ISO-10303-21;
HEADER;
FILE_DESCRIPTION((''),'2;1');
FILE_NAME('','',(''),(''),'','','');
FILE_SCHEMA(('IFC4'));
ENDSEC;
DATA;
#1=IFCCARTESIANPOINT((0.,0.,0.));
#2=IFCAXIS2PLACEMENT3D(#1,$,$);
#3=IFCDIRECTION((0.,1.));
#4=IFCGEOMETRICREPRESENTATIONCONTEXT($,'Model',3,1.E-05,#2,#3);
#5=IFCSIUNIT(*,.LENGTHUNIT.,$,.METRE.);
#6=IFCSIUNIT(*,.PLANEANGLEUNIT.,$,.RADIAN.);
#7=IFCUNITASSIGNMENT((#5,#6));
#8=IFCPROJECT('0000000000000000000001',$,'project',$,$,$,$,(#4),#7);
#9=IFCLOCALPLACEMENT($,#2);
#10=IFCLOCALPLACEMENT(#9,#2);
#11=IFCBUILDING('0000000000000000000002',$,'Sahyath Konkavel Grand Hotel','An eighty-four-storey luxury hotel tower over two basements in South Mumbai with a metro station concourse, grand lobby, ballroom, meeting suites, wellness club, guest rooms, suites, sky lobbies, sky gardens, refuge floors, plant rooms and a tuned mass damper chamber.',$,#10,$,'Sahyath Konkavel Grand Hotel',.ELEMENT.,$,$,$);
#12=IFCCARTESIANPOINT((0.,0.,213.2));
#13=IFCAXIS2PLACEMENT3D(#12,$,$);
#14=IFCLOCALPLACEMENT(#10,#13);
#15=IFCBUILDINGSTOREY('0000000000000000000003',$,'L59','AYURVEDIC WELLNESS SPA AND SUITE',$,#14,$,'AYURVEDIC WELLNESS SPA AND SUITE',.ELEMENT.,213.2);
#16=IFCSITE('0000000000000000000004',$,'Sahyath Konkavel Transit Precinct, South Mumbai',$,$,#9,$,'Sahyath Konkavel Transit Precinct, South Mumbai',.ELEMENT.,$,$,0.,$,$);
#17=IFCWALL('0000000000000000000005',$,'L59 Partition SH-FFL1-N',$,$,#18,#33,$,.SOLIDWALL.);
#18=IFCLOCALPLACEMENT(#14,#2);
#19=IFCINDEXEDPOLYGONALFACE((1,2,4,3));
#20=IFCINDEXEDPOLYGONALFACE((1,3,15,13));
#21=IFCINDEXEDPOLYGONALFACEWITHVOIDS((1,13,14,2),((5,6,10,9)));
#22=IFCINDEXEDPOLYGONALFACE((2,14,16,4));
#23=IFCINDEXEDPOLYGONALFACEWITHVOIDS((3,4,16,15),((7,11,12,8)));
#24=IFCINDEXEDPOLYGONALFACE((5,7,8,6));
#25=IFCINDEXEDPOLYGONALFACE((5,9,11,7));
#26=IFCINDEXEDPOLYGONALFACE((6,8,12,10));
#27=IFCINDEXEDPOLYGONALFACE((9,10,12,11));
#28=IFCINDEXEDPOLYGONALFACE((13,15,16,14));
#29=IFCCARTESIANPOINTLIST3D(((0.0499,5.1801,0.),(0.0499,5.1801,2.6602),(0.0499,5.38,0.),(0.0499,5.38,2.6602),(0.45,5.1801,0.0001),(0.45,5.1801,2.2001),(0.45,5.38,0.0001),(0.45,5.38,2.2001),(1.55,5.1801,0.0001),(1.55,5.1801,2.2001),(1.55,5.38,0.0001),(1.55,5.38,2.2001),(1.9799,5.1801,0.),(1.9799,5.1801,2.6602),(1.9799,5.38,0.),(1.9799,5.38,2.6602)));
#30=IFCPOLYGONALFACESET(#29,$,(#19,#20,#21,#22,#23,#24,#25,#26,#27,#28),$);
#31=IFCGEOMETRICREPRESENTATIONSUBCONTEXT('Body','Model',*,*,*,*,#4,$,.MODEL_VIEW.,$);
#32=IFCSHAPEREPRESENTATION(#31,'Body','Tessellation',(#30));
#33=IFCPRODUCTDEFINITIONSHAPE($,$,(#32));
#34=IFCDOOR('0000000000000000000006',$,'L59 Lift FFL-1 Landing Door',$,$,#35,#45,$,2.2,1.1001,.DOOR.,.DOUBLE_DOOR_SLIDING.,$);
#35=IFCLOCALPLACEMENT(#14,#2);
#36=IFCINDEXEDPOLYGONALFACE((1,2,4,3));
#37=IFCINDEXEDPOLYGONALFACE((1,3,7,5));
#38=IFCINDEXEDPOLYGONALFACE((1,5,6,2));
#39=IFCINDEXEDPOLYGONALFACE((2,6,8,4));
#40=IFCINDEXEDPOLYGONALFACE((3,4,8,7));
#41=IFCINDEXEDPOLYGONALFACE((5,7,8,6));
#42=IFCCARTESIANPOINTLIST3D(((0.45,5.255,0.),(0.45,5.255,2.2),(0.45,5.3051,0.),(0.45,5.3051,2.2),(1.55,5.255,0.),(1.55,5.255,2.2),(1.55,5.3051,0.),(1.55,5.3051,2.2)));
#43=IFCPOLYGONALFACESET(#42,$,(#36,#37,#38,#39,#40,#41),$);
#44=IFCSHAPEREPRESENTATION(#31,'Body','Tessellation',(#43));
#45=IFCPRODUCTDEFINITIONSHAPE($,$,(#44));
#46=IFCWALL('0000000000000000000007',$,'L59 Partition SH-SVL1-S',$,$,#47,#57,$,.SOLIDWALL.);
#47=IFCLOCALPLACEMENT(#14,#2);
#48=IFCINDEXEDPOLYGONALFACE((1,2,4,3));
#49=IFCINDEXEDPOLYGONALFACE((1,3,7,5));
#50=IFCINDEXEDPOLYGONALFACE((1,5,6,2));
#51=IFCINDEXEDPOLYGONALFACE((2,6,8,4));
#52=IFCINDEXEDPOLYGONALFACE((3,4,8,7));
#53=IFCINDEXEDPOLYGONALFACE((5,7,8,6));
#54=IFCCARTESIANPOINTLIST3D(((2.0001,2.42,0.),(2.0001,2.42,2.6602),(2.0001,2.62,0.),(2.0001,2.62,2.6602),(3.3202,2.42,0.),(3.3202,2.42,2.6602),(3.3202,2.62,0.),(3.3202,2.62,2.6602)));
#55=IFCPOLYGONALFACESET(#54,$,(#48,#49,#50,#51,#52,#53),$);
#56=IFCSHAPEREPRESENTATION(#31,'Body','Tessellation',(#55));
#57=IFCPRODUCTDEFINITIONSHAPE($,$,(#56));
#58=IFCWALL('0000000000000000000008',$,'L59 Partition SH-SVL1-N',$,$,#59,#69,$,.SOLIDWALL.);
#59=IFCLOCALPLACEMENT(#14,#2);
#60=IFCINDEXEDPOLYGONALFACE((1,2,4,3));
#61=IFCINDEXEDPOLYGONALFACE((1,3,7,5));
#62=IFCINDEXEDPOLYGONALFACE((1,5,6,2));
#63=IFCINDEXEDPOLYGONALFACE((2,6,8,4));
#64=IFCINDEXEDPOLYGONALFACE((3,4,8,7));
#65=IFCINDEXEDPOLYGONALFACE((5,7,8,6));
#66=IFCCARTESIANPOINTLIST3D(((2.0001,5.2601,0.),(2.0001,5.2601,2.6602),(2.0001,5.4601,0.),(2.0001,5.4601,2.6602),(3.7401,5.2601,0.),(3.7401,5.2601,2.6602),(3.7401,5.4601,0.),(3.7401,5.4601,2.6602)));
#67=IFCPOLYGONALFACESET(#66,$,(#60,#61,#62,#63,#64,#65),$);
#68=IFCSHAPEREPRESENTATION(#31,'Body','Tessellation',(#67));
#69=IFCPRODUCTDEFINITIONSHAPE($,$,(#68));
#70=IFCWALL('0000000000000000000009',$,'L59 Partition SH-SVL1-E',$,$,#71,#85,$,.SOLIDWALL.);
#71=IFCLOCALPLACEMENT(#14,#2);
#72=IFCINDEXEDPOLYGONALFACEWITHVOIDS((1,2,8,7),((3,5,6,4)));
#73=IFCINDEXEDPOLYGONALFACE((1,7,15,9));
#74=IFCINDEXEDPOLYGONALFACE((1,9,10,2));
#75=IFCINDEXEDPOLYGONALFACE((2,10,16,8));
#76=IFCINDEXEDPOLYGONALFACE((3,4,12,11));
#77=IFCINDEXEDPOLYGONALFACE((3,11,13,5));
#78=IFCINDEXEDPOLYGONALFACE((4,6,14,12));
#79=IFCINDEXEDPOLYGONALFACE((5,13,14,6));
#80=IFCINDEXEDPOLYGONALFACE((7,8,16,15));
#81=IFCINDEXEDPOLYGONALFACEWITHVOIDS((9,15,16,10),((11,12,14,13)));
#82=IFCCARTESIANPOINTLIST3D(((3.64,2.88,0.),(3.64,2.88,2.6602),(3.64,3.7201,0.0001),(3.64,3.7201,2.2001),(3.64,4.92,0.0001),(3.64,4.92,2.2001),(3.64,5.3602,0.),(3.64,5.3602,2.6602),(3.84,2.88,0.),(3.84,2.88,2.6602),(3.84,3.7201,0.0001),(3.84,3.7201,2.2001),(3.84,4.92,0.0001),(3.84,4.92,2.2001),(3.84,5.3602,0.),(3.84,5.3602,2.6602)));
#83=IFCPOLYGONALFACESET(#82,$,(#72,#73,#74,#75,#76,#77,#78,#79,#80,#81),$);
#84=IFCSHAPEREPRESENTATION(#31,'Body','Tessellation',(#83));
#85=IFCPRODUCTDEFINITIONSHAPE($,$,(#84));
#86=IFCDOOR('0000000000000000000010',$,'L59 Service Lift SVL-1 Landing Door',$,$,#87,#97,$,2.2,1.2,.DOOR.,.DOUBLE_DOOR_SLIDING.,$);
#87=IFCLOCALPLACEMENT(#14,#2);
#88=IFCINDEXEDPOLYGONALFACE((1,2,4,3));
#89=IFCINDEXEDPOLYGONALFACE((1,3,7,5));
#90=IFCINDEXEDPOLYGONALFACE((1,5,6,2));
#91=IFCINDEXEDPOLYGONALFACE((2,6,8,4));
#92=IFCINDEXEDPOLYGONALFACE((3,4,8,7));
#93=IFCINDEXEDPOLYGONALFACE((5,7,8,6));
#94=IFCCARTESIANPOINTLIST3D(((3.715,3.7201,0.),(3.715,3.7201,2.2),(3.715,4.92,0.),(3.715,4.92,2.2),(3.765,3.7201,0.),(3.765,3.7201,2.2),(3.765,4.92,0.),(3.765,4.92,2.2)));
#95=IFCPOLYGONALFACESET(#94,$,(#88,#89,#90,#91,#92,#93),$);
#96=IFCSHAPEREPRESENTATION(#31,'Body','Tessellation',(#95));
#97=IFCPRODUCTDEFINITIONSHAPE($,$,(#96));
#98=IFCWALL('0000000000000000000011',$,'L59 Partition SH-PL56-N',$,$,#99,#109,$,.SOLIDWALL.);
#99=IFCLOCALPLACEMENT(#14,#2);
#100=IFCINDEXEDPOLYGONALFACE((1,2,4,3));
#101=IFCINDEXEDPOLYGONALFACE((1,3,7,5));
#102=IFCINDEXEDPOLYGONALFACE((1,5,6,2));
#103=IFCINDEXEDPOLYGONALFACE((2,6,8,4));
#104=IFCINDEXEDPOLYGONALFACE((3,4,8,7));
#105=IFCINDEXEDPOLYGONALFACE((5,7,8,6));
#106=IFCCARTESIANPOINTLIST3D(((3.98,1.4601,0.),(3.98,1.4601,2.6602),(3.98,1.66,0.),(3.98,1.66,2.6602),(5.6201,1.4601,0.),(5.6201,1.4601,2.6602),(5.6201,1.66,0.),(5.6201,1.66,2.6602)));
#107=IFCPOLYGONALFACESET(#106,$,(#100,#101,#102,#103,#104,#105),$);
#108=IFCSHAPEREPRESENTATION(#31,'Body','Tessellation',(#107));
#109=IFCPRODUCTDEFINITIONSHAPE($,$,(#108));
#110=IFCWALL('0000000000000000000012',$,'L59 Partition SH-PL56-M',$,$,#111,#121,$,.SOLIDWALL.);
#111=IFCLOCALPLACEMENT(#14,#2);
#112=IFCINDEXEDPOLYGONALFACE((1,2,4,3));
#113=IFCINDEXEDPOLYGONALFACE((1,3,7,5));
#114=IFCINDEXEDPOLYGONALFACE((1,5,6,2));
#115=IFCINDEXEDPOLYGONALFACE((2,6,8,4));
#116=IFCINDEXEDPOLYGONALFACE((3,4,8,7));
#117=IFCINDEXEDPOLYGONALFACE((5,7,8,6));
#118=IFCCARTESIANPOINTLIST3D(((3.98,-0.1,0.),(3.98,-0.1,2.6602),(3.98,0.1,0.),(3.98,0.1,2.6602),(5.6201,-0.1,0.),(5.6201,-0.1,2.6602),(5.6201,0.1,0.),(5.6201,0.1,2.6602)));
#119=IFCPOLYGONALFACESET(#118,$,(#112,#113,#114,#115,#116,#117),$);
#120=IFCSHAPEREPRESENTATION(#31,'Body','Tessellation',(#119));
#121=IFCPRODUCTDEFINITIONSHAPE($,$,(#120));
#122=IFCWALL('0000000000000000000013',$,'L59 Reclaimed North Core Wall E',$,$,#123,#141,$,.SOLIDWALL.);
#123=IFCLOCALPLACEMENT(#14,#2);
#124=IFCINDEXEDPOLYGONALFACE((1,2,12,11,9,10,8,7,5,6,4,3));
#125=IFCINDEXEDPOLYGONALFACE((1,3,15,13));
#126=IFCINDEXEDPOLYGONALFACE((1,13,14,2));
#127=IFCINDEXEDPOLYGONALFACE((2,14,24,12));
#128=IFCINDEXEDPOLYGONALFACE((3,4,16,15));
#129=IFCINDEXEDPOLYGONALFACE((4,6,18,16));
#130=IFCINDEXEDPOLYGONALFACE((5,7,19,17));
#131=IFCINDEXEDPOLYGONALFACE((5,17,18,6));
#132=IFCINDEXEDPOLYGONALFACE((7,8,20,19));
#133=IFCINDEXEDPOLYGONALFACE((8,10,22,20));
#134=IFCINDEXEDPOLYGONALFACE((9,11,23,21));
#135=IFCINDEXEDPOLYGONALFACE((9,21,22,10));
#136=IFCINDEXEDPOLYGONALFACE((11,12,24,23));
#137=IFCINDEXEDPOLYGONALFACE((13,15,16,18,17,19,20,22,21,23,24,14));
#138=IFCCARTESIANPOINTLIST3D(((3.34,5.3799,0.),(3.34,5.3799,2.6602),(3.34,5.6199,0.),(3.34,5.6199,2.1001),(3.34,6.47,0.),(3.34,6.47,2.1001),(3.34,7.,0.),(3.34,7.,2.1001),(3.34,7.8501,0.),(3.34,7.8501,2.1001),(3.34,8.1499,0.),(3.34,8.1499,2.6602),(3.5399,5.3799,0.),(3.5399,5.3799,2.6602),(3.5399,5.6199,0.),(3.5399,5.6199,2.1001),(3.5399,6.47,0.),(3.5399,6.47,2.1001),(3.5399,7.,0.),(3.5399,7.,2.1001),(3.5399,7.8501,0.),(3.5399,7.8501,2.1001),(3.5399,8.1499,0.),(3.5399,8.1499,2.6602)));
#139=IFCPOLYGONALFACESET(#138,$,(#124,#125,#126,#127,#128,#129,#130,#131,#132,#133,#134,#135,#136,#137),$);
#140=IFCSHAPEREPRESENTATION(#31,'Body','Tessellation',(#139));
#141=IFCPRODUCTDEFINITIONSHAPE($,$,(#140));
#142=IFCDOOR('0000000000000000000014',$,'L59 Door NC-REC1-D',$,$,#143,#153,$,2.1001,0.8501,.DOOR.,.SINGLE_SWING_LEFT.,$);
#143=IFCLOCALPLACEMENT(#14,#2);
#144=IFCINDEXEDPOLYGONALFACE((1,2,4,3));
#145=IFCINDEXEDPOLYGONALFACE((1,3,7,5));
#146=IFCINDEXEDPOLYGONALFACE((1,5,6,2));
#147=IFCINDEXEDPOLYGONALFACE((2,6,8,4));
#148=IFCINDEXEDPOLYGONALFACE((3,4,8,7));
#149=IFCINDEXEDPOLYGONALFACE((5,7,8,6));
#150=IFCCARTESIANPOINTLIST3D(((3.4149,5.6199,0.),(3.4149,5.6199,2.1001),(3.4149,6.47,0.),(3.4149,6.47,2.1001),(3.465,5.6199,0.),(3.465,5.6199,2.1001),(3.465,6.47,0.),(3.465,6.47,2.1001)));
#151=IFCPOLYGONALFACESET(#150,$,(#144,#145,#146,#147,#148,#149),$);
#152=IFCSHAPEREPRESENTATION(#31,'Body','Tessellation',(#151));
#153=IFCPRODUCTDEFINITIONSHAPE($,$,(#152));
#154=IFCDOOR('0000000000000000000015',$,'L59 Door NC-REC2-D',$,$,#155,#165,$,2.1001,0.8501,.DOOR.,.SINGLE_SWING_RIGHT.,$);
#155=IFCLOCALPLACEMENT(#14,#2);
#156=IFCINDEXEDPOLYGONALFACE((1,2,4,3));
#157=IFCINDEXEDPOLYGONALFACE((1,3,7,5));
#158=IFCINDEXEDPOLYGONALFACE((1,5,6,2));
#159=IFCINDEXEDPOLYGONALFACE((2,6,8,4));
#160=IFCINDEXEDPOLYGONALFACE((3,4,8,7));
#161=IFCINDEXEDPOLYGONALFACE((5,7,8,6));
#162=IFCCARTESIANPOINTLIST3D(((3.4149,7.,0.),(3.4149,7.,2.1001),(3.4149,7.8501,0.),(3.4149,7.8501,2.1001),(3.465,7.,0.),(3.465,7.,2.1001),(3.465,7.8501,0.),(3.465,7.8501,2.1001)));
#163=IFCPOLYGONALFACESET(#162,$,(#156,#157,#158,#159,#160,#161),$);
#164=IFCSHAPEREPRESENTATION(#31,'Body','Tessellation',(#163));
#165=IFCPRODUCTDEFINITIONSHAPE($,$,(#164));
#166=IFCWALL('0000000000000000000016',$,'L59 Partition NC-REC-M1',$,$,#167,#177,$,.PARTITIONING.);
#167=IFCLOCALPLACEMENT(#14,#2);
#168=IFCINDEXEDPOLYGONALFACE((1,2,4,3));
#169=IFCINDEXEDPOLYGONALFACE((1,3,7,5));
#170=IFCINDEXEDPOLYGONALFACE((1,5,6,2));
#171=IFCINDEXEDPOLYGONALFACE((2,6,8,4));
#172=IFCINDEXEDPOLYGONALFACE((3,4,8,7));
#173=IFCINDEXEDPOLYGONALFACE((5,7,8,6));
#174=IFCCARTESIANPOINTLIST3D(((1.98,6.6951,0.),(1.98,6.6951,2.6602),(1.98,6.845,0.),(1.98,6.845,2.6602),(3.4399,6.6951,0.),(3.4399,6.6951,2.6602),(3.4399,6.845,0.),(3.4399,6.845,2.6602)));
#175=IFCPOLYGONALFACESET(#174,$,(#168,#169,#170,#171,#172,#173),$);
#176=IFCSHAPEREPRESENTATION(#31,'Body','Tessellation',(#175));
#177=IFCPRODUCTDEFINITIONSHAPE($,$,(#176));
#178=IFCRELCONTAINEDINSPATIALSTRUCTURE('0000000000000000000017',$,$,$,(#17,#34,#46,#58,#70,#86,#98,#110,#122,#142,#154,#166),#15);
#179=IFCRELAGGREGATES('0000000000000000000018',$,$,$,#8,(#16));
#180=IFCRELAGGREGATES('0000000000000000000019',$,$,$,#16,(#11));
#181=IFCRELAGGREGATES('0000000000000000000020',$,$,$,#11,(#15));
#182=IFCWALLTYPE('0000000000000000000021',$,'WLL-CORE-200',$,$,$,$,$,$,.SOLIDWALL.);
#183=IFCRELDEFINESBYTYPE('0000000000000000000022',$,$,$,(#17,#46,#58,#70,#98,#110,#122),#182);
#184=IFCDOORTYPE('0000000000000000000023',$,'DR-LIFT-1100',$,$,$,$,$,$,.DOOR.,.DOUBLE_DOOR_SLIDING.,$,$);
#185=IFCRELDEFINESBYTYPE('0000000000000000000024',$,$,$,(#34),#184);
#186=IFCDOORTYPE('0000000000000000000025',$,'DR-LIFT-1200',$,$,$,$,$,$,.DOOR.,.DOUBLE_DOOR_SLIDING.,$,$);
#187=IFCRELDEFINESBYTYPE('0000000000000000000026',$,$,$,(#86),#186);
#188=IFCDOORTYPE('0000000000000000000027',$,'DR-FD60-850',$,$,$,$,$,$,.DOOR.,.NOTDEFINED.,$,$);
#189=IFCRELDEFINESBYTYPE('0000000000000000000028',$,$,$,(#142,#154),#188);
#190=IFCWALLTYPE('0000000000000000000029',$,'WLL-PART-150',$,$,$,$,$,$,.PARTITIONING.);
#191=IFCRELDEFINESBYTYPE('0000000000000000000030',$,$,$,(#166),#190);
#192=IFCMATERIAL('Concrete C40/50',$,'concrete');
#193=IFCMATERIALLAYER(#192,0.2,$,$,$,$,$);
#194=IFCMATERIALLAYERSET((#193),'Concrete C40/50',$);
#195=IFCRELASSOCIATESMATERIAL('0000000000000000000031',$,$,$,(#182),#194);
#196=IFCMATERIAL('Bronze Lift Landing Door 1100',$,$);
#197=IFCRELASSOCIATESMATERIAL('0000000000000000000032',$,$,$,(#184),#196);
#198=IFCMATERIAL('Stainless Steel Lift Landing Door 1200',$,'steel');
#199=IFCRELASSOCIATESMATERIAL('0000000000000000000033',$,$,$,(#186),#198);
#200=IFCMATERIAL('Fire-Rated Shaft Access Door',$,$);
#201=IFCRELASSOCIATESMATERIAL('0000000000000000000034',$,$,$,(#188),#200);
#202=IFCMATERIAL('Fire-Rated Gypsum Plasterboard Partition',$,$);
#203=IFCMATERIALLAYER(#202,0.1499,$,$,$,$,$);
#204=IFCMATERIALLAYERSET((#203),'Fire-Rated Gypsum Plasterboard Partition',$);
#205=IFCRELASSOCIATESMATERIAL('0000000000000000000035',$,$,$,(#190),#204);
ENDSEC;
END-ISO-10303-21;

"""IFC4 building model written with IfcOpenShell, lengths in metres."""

from ifc_helpers import new_model, si_unit, direction, frame, frame_2d, origin, origin_2d, place, context, subcontext, project, spatial, rectangle, extrude, source, transform, mapped, material, layer, layer_set, type_object, element, fill, save


model = new_model("IFC4")

# Units and contexts
model_context = context("Model", 3, precision=1e-05, world=origin(), true_north=direction((0.0, 1.0)))
body_context = subcontext(model_context, "Body", "Model", "MODEL_VIEW")
ifc_project = project(units=[si_unit("LENGTHUNIT", "METRE"), si_unit("PLANEANGLEUNIT", "RADIAN")], contexts=[model_context])

# Site, building, storey
site_placement = place(None, origin())
site = spatial("IfcSite", under=ifc_project, at=site_placement, Name="Sahyath Konkavel Transit Precinct, South Mumbai", LongName="Sahyath Konkavel Transit Precinct, South Mumbai", CompositionType="ELEMENT", RefElevation=0.0)
building_placement = place(site_placement, origin())
building = spatial("IfcBuilding", under=site, at=building_placement, Name="Sahyath Konkavel Grand Hotel", Description="An eighty-four-storey luxury hotel tower over two basements in South Mumbai with a metro station concourse, grand lobby, ballroom, meeting suites, wellness club, guest rooms, suites, sky lobbies, sky gardens, refuge floors, plant rooms and a tuned mass damper chamber.", LongName="Sahyath Konkavel Grand Hotel", CompositionType="ELEMENT")
storey_placement = place(building_placement, frame((0.0, 0.0, 213.2)))
storey = spatial("IfcBuildingStorey", under=building, at=storey_placement, Name="L59", Description="AYURVEDIC WELLNESS SPA AND SUITE", LongName="AYURVEDIC WELLNESS SPA AND SUITE", CompositionType="ELEMENT", Elevation=213.2)

# Shared definitions
ifc_material_1 = material(Name="Concrete C40/50", Category="concrete")

# Shared definitions
ifc_layer_1 = layer(ifc_material_1, 0.2)
ifc_layer_set_1 = layer_set([ifc_layer_1], Name="Concrete C40/50")
wall_type_1 = type_object("IfcWallType", Name="WLL-CORE-200", PredefinedType="SOLIDWALL", material=ifc_layer_set_1)
shared_shape_1 = source(origin(), body_context, "Body", "SweptSolid", [
    extrude(rectangle(XDim=0.8501, YDim=0.05, at=origin_2d()), origin(), (0.0, 0.0, 1.0), 2.1001),
])

# Wall, opening, door
wall_1_placement = place(storey_placement, frame((0.05, 5.28, 0.0), z_axis=(0.0, 0.0, 1.0), x_axis=(1.0, 0.0, 0.0)))
wall_1 = element("IfcWall", 1, at=wall_1_placement, inside=storey, type_object=wall_type_1, Name="L59 Partition SH-FFL1-N", PredefinedType="SOLIDWALL", context=body_context, shape_type="SweptSolid", body=[
    extrude(rectangle(XDim=1.9299, YDim=0.2, at=frame_2d((0.9648, 0.0))), origin(), (0.0, 0.0, 1.0), 2.6602),
])
opening_1_placement = place(wall_1_placement, frame((0.3999, 0.0, 0.0)))
opening_1 = element("IfcOpeningElement", 2, at=opening_1_placement, cuts=wall_1, PredefinedType="OPENING", context=body_context, shape_type="SweptSolid", body=[
    extrude(rectangle(XDim=1.1001, YDim=2.2, at=frame_2d((0.55, 1.1001))), frame((0.0, 0.1099, 0.0), z_axis=(0.0, -1.0, 0.0), x_axis=(1.0, 0.0, 0.0)), (0.0, 0.0, 1.0), 0.22),
])
ifc_material_2 = material(Name="Bronze Lift Landing Door 1100")
door_type_1 = type_object("IfcDoorType", Name="DR-LIFT-1100", OperationType="DOUBLE_DOOR_SLIDING", PredefinedType="DOOR", material=ifc_material_2)
shared_shape_2 = source(origin(), body_context, "Body", "SweptSolid", [
    extrude(rectangle(XDim=1.1001, YDim=0.05, at=origin_2d()), origin(), (0.0, 0.0, 1.0), 2.2),
])
door_1_placement = place(opening_1_placement, frame((0.55, 0.0, 0.0)))
door_1 = element("IfcDoor", 3, at=door_1_placement, inside=storey, type_object=door_type_1, Name="L59 Lift FFL-1 Landing Door", OperationType="DOUBLE_DOOR_SLIDING", OverallHeight=2.2, OverallWidth=1.1001, PredefinedType="DOOR", context=body_context, shape_type="MappedRepresentation", body=[
    mapped(shared_shape_2, transform((0.0, 0.0, 0.0), scale=1.0)),
])
fill(opening_1, door_1)

# Walls
wall_2_placement = place(storey_placement, frame((2.0, 2.52, 0.0), z_axis=(0.0, 0.0, 1.0), x_axis=(1.0, 0.0, 0.0)))
element("IfcWall", 4, at=wall_2_placement, inside=storey, type_object=wall_type_1, Name="L59 Partition SH-SVL1-S", PredefinedType="SOLIDWALL", context=body_context, shape_type="SweptSolid", body=[
    extrude(rectangle(XDim=1.3201, YDim=0.2, at=frame_2d((0.6602, 0.0))), origin(), (0.0, 0.0, 1.0), 2.6602),
])
wall_3_placement = place(storey_placement, frame((2.0, 5.3601, 0.0), z_axis=(0.0, 0.0, 1.0), x_axis=(1.0, 0.0, 0.0)))
element("IfcWall", 5, at=wall_3_placement, inside=storey, type_object=wall_type_1, Name="L59 Partition SH-SVL1-N", PredefinedType="SOLIDWALL", context=body_context, shape_type="SweptSolid", body=[
    extrude(rectangle(XDim=1.74, YDim=0.2, at=frame_2d((0.8701, 0.0))), origin(), (0.0, 0.0, 1.0), 2.6602),
])

# Wall, opening, door
wall_4_placement = place(storey_placement, frame((3.74, 2.8799, 0.0), z_axis=(0.0, 0.0, 1.0), x_axis=(0.0, 1.0, 0.0)))
wall_4 = element("IfcWall", 6, at=wall_4_placement, inside=storey, type_object=wall_type_1, Name="L59 Partition SH-SVL1-E", PredefinedType="SOLIDWALL", context=body_context, shape_type="SweptSolid", body=[
    extrude(rectangle(XDim=2.4802, YDim=0.2, at=frame_2d((1.2402, 0.0))), origin(), (0.0, 0.0, 1.0), 2.6602),
])
opening_2_placement = place(wall_4_placement, frame((0.8401, 0.0, 0.0)))
opening_2 = element("IfcOpeningElement", 7, at=opening_2_placement, cuts=wall_4, PredefinedType="OPENING", context=body_context, shape_type="SweptSolid", body=[
    extrude(rectangle(XDim=1.2, YDim=2.2, at=frame_2d((0.6001, 1.1001))), frame((0.0, 0.1099, 0.0), z_axis=(0.0, -1.0, 0.0), x_axis=(1.0, 0.0, 0.0)), (0.0, 0.0, 1.0), 0.22),
])
ifc_material_3 = material(Name="Stainless Steel Lift Landing Door 1200", Category="steel")
door_type_2 = type_object("IfcDoorType", Name="DR-LIFT-1200", OperationType="DOUBLE_DOOR_SLIDING", PredefinedType="DOOR", material=ifc_material_3)
shared_shape_3 = source(origin(), body_context, "Body", "SweptSolid", [
    extrude(rectangle(XDim=1.2, YDim=0.05, at=origin_2d()), origin(), (0.0, 0.0, 1.0), 2.2),
])
door_2_placement = place(opening_2_placement, frame((0.6001, 0.0, 0.0)))
door_2 = element("IfcDoor", 8, at=door_2_placement, inside=storey, type_object=door_type_2, Name="L59 Service Lift SVL-1 Landing Door", OperationType="DOUBLE_DOOR_SLIDING", OverallHeight=2.2, OverallWidth=1.2, PredefinedType="DOOR", context=body_context, shape_type="MappedRepresentation", body=[
    mapped(shared_shape_3, transform((0.0, 0.0, 0.0), scale=1.0)),
])
fill(opening_2, door_2)

# Walls
for number, where, z_axis, x_axis, name in (
    (9, (3.98, 1.5601, 0.0), (0.0, 0.0, 1.0), (1.0, 0.0, 0.0), "L59 Partition SH-PL56-N"),
    (10, (3.98, 0.0, 0.0), (0.0, 0.0, 1.0), (1.0, 0.0, 0.0), "L59 Partition SH-PL56-M"),
):
    element("IfcWall", number, at=place(storey_placement, frame(where, z_axis=z_axis, x_axis=x_axis)), inside=storey, type_object=wall_type_1, Name=name, PredefinedType="SOLIDWALL", context=body_context, shape_type="SweptSolid", body=[
        extrude(rectangle(XDim=1.6401, YDim=0.2, at=frame_2d((0.8201, 0.0))), origin(), (0.0, 0.0, 1.0), 2.6602),
    ])

# Wall, openings, doors
wall_5_placement = place(storey_placement, frame((3.4399, 5.3799, 0.0), z_axis=(0.0, 0.0, 1.0), x_axis=(0.0, 1.0, 0.0)))
wall_5 = element("IfcWall", 11, at=wall_5_placement, inside=storey, type_object=wall_type_1, Name="L59 Reclaimed North Core Wall E", PredefinedType="SOLIDWALL", context=body_context, shape_type="SweptSolid", body=[
    extrude(rectangle(XDim=2.77, YDim=0.2, at=frame_2d((1.385, 0.0))), origin(), (0.0, 0.0, 1.0), 2.6602),
])
opening_3_placement = place(wall_5_placement, frame((0.24, 0.0, 0.0)))
opening_3 = element("IfcOpeningElement", 12, at=opening_3_placement, cuts=wall_5, PredefinedType="OPENING", context=body_context, shape_type="SweptSolid", body=[
    extrude(rectangle(XDim=0.8501, YDim=2.1001, at=frame_2d((0.425, 1.05))), frame((0.0, 0.1099, 0.0), z_axis=(0.0, -1.0, 0.0), x_axis=(1.0, 0.0, 0.0)), (0.0, 0.0, 1.0), 0.22),
])
opening_4_placement = place(wall_5_placement, frame((1.6201, 0.0, 0.0)))
opening_4 = element("IfcOpeningElement", 13, at=opening_4_placement, cuts=wall_5, PredefinedType="OPENING", context=body_context, shape_type="SweptSolid", body=[
    extrude(rectangle(XDim=0.8501, YDim=2.1001, at=frame_2d((0.425, 1.05))), frame((0.0, 0.1099, 0.0), z_axis=(0.0, -1.0, 0.0), x_axis=(1.0, 0.0, 0.0)), (0.0, 0.0, 1.0), 0.22),
])
ifc_material_4 = material(Name="Fire-Rated Shaft Access Door")
door_type_3 = type_object("IfcDoorType", Name="DR-FD60-850", OperationType="NOTDEFINED", PredefinedType="DOOR", material=ifc_material_4)
door_3_placement = place(opening_3_placement, frame((0.425, 0.0, 0.0)))
door_3 = element("IfcDoor", 14, at=door_3_placement, inside=storey, type_object=door_type_3, Name="L59 Door NC-REC1-D", OperationType="SINGLE_SWING_LEFT", OverallHeight=2.1001, OverallWidth=0.8501, PredefinedType="DOOR", context=body_context, shape_type="MappedRepresentation", body=[
    mapped(shared_shape_1, transform((0.0, 0.0, 0.0), scale=1.0)),
])
fill(opening_3, door_3)
door_4_placement = place(opening_4_placement, frame((0.425, 0.0, 0.0)))
door_4 = element("IfcDoor", 15, at=door_4_placement, inside=storey, type_object=door_type_3, Name="L59 Door NC-REC2-D", OperationType="SINGLE_SWING_RIGHT", OverallHeight=2.1001, OverallWidth=0.8501, PredefinedType="DOOR", context=body_context, shape_type="MappedRepresentation", body=[
    mapped(shared_shape_1, transform((0.0, 0.0, 0.0), scale=1.0)),
])
fill(opening_4, door_4)

# Wall
ifc_material_5 = material(Name="Fire-Rated Gypsum Plasterboard Partition")
ifc_layer_2 = layer(ifc_material_5, 0.1499)
ifc_layer_set_2 = layer_set([ifc_layer_2], Name="Fire-Rated Gypsum Plasterboard Partition")
wall_type_2 = type_object("IfcWallType", Name="WLL-PART-150", PredefinedType="PARTITIONING", material=ifc_layer_set_2)
wall_6_placement = place(storey_placement, frame((1.98, 6.77, 0.0), z_axis=(0.0, 0.0, 1.0), x_axis=(1.0, 0.0, 0.0)))
element("IfcWall", 16, at=wall_6_placement, inside=storey, type_object=wall_type_2, Name="L59 Partition NC-REC-M1", PredefinedType="PARTITIONING", context=body_context, shape_type="SweptSolid", body=[
    extrude(rectangle(XDim=1.46, YDim=0.1499, at=frame_2d((0.73, 0.0))), origin(), (0.0, 0.0, 1.0), 2.6602),
])

save(model, "model.ifc")
